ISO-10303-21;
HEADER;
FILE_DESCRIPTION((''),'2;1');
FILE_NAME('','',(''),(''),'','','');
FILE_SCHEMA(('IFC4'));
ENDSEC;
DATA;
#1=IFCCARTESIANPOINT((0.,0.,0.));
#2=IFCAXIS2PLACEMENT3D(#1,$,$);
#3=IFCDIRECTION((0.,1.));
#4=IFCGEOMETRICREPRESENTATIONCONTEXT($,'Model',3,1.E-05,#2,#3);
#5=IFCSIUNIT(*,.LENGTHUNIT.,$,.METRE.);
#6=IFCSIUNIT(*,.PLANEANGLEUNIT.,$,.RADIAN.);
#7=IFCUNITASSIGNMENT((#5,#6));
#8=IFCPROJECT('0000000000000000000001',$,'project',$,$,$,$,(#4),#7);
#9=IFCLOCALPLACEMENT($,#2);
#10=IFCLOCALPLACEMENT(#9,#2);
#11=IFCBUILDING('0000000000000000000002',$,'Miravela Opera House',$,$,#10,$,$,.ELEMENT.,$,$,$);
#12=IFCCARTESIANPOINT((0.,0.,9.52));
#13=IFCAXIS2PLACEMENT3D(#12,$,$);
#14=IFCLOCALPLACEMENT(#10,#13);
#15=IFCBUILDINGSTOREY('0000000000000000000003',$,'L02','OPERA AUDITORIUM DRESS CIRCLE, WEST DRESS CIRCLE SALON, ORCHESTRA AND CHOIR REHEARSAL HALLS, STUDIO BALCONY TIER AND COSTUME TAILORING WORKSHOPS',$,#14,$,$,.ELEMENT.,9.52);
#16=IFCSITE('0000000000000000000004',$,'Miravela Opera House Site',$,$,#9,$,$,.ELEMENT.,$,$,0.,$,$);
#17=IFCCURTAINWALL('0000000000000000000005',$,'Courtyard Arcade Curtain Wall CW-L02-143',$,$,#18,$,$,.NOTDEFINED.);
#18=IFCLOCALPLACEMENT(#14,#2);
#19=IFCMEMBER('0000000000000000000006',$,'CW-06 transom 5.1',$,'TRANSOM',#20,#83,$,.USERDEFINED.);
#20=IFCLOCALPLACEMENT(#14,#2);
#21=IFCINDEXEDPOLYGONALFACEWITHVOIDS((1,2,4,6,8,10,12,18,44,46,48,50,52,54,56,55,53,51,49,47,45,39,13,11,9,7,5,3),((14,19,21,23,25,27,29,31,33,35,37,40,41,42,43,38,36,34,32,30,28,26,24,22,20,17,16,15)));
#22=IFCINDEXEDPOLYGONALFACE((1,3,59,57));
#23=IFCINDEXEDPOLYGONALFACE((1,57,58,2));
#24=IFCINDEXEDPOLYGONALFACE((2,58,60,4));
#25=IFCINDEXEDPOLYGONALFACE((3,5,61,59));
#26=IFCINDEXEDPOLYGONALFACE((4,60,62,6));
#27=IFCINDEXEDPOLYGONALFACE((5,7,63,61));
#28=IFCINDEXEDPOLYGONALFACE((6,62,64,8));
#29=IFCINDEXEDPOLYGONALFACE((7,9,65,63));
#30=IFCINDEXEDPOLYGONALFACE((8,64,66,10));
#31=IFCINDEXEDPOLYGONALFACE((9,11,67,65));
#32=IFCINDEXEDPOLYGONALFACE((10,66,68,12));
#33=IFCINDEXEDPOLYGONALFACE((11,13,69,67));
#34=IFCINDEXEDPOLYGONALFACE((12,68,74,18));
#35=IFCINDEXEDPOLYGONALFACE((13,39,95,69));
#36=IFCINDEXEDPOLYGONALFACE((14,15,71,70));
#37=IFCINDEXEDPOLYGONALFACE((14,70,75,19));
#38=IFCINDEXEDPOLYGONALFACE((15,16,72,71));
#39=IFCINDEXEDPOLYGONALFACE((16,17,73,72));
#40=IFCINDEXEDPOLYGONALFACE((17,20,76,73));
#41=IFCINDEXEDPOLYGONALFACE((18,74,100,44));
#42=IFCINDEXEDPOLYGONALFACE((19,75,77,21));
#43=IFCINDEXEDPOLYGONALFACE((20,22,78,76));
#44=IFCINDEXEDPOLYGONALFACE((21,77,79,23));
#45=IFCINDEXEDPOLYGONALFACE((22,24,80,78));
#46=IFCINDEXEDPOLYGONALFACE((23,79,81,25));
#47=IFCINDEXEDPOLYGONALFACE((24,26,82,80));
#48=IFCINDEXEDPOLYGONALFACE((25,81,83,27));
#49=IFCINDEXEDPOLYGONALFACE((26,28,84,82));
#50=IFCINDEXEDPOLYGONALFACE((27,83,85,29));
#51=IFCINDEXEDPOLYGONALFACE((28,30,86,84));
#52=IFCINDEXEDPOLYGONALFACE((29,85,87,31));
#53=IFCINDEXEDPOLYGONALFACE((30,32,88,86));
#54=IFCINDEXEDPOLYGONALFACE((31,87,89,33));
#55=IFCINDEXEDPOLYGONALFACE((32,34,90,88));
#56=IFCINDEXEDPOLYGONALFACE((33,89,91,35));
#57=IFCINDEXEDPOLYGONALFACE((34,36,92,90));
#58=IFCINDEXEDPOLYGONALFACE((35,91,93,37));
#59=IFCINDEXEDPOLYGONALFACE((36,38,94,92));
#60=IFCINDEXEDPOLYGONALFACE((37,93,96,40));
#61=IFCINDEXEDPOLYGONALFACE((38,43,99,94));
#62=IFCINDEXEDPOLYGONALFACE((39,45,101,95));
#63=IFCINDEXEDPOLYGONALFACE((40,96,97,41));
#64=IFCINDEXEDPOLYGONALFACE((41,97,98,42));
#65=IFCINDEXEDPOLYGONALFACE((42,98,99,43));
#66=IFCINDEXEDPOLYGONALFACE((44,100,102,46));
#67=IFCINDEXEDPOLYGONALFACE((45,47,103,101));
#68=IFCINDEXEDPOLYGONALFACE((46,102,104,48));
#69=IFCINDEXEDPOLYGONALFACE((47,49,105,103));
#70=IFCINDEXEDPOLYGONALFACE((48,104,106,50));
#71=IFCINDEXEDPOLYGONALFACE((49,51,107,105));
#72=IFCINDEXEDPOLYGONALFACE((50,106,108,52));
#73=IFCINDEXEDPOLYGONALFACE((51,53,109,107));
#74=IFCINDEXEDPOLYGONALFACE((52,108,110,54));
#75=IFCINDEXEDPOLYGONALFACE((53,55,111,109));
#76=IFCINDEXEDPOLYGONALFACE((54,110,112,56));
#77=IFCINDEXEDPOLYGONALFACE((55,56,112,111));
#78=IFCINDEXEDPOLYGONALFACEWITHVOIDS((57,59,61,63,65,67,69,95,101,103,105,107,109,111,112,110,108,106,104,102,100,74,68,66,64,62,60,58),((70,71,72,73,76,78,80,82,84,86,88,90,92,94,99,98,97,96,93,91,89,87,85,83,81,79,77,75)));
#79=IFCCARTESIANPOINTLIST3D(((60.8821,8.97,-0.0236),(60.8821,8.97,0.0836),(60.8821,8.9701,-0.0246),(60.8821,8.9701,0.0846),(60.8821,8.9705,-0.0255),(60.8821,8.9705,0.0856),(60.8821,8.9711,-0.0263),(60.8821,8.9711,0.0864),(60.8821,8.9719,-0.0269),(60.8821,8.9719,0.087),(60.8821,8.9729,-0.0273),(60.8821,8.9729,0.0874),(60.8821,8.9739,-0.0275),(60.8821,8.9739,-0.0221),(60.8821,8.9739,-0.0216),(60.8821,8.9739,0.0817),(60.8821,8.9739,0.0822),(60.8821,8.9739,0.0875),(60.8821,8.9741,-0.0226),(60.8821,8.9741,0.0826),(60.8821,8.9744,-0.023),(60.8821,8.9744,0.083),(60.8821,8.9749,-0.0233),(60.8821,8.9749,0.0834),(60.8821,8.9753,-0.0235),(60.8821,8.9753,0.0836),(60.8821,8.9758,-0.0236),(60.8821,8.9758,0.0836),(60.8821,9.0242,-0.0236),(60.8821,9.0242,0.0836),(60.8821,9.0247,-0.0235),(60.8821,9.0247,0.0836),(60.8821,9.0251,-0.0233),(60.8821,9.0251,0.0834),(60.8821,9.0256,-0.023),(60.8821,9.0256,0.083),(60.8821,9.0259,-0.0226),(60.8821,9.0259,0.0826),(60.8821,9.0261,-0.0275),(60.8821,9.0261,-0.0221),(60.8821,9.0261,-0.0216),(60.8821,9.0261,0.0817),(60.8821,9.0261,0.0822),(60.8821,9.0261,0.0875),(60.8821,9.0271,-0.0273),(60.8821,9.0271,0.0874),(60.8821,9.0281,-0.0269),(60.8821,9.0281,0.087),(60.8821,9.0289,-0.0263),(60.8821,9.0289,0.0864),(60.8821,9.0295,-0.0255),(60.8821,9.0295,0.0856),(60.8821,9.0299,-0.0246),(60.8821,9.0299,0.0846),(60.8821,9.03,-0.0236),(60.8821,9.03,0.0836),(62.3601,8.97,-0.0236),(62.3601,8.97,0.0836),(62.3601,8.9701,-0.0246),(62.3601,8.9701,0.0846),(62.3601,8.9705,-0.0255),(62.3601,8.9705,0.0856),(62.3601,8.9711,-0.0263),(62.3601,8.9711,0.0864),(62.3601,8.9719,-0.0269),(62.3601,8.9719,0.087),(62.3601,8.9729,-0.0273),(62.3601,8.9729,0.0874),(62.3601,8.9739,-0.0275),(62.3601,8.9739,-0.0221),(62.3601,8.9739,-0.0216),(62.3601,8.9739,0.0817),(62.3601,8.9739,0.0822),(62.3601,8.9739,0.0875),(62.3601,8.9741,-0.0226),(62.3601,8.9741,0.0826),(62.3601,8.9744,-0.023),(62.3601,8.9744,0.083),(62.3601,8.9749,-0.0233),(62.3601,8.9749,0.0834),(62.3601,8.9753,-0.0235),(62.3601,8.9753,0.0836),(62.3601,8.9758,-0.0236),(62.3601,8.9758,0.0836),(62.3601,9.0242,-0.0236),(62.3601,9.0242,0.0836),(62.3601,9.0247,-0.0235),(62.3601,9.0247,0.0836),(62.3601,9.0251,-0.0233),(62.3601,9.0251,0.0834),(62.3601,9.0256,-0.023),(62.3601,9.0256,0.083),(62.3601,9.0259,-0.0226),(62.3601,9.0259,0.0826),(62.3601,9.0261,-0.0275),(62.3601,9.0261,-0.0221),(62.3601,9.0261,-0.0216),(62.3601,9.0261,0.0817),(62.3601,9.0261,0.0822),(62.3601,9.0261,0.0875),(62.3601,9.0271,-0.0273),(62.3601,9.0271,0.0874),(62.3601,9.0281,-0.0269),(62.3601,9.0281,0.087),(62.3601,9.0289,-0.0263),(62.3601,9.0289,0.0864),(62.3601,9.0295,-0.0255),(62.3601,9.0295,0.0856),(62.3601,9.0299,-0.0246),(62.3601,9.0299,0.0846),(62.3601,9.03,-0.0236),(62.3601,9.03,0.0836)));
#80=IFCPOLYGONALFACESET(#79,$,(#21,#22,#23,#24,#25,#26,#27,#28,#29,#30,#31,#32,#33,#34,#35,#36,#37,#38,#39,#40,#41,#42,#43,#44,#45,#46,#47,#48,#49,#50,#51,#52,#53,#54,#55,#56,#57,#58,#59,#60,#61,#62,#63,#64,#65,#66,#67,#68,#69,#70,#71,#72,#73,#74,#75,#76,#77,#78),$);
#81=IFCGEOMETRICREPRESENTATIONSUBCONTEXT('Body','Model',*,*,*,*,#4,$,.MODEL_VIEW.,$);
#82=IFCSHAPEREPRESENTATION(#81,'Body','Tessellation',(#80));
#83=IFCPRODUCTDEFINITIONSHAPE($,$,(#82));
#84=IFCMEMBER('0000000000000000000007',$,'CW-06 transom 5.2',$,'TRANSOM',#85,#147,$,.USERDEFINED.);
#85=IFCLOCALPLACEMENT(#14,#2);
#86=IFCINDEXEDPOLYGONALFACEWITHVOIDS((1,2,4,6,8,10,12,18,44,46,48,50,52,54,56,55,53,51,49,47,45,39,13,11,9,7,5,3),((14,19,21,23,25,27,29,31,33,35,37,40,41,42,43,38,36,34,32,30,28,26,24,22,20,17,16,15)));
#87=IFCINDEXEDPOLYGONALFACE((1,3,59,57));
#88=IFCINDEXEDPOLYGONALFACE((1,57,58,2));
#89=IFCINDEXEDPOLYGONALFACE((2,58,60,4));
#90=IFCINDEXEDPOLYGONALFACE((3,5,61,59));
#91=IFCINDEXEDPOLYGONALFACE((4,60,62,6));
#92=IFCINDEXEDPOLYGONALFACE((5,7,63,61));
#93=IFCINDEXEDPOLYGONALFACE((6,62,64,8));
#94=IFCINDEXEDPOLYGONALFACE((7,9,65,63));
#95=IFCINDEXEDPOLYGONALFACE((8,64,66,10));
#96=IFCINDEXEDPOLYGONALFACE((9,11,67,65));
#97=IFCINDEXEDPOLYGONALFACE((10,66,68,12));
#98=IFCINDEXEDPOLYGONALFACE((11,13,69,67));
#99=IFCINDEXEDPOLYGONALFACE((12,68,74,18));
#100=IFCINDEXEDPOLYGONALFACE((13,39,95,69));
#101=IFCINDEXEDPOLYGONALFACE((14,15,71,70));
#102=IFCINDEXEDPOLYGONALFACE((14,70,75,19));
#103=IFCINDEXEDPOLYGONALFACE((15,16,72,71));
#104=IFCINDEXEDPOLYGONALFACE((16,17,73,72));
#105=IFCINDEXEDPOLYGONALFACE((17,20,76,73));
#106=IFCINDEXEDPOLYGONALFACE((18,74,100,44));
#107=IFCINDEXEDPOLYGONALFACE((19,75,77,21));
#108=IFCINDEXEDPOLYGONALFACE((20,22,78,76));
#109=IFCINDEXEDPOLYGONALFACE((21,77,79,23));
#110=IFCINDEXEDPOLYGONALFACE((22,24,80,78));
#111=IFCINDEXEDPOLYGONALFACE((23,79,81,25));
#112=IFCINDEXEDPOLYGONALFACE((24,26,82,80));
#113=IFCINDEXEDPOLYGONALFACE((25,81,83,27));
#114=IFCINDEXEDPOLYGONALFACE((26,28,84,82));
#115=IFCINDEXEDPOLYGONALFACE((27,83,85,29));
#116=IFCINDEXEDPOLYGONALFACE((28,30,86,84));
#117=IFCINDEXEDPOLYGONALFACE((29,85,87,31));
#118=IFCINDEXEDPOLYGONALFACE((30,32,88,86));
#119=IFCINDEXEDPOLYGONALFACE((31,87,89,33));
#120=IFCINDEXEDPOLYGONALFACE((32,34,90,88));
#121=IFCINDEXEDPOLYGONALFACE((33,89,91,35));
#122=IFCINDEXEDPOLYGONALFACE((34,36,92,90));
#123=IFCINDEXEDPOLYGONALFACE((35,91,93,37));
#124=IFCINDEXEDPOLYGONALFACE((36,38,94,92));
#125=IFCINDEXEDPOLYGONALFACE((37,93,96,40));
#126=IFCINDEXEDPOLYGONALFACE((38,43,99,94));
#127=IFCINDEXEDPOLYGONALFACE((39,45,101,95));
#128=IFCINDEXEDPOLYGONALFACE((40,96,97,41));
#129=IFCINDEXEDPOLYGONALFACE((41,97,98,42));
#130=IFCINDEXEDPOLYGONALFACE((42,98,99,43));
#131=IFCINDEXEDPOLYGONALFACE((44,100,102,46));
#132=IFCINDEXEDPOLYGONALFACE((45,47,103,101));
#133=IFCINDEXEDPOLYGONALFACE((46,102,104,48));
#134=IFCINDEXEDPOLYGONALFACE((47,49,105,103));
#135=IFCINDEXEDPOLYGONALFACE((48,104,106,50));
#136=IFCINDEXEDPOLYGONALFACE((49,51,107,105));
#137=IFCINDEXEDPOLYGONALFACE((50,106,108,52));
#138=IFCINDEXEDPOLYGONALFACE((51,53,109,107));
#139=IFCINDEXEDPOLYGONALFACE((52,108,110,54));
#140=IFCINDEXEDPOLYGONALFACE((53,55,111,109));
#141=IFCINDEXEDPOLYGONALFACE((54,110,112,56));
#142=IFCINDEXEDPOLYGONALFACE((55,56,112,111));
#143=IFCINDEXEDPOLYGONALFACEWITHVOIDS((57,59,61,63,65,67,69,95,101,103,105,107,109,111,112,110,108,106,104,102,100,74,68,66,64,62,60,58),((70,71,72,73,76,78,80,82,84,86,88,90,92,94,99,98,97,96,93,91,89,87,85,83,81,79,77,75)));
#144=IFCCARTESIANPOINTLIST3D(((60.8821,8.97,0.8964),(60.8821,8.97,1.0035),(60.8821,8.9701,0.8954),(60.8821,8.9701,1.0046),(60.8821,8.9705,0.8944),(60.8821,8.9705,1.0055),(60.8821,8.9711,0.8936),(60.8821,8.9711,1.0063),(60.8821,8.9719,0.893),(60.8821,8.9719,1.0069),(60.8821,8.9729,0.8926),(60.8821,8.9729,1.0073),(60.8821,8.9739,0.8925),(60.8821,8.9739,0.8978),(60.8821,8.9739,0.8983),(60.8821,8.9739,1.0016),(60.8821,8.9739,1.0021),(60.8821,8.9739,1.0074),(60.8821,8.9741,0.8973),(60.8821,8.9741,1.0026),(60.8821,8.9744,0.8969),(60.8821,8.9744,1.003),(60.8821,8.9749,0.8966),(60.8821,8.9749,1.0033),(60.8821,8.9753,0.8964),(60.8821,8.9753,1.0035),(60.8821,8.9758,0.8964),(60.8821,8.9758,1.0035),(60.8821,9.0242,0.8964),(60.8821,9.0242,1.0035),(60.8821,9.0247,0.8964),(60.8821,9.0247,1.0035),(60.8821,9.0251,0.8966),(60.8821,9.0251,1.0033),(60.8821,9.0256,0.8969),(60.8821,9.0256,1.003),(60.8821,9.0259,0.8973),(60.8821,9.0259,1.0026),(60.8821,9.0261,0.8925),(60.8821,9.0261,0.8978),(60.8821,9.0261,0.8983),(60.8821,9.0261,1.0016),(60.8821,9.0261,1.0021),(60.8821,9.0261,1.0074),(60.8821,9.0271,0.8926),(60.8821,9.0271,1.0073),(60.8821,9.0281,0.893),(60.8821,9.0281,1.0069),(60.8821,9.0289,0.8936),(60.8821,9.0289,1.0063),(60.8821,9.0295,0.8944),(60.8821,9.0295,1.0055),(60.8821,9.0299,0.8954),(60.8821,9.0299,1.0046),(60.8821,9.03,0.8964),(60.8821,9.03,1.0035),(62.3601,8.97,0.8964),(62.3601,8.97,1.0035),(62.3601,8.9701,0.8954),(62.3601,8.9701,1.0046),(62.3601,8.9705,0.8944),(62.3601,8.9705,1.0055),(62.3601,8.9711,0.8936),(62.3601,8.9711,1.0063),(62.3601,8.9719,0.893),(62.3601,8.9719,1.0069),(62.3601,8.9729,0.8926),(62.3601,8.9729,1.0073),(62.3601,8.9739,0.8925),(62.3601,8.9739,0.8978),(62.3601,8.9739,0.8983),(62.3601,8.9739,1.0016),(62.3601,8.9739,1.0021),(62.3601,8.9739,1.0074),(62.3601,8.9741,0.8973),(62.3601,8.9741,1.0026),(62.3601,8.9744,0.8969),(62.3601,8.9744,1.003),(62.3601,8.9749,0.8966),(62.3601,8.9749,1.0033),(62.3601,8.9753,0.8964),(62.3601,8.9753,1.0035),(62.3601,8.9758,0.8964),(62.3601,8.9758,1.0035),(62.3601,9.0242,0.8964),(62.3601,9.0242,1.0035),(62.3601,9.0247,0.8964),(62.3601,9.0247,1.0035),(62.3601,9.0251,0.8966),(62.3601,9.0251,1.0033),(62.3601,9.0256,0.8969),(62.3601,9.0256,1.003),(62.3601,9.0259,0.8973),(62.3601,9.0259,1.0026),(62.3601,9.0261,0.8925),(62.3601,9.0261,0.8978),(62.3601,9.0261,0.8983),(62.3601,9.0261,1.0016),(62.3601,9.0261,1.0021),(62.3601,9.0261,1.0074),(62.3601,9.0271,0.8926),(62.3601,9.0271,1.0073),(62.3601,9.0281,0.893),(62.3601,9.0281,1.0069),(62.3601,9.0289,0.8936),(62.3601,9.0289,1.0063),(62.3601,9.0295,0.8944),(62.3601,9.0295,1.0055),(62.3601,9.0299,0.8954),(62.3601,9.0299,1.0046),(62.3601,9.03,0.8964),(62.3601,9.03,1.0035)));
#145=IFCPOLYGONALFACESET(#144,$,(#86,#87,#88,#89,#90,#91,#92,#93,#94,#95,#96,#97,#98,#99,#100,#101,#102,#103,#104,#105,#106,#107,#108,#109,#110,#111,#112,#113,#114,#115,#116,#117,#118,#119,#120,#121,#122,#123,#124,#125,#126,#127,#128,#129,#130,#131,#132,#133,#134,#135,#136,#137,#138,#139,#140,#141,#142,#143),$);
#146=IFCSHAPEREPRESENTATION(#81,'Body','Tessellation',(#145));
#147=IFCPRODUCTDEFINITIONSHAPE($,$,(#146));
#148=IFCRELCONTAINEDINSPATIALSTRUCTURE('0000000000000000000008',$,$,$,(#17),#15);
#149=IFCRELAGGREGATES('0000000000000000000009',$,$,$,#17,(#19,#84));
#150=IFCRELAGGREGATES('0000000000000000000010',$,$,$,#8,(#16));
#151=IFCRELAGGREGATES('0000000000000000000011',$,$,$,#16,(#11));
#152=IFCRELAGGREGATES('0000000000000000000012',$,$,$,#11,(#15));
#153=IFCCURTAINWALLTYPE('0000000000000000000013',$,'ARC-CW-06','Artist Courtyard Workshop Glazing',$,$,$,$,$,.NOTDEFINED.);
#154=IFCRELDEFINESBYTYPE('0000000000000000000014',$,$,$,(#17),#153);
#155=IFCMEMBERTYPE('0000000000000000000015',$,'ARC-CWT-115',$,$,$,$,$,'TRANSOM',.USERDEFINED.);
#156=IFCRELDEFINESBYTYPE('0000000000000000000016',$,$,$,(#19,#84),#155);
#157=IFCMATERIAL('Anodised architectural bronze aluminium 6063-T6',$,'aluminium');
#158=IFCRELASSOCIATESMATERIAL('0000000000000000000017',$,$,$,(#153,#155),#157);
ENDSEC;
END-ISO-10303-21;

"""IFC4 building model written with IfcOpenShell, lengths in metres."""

from ifc_helpers import new_model, si_unit, direction, frame, origin, origin_2d, place, context, subcontext, project, spatial, hollow_rectangle, extrude, material, material_profile, profile_set, type_object, element, aggregate, save


model = new_model("IFC4")

# Units and contexts
model_context = context("Model", 3, precision=1e-05, world=origin(), true_north=direction((0.0, 1.0)))
body_context = subcontext(model_context, "Body", "Model", "MODEL_VIEW")
ifc_project = project(units=[si_unit("LENGTHUNIT", "METRE"), si_unit("PLANEANGLEUNIT", "RADIAN")], contexts=[model_context])

# Site, building, storey
site_placement = place(None, origin())
site = spatial("IfcSite", under=ifc_project, at=site_placement, Name="Miravela Opera House Site", CompositionType="ELEMENT", RefElevation=0.0)
building_placement = place(site_placement, origin())
building = spatial("IfcBuilding", under=site, at=building_placement, Name="Miravela Opera House", CompositionType="ELEMENT")
storey_placement = place(building_placement, frame((0.0, 0.0, 9.52)))
storey = spatial("IfcBuildingStorey", under=building, at=storey_placement, Name="L02", Description="OPERA AUDITORIUM DRESS CIRCLE, WEST DRESS CIRCLE SALON, ORCHESTRA AND CHOIR REHEARSAL HALLS, STUDIO BALCONY TIER AND COSTUME TAILORING WORKSHOPS", CompositionType="ELEMENT", Elevation=9.52)

# Curtain wall
ifc_material_1 = material(Name="Anodised architectural bronze aluminium 6063-T6", Category="aluminium")
curtain_wall_type = type_object("IfcCurtainWallType", Name="ARC-CW-06", Description="Artist Courtyard Workshop Glazing", PredefinedType="NOTDEFINED", material=ifc_material_1)
curtain_wall_1_placement = place(storey_placement, origin())
curtain_wall_1 = element("IfcCurtainWall", 1, at=curtain_wall_1_placement, inside=storey, type_object=curtain_wall_type, Name="Courtyard Arcade Curtain Wall CW-L02-143", PredefinedType="NOTDEFINED")

# Members
ifc_material_profile_1 = material_profile(ifc_material_1, hollow_rectangle(XDim=0.0601, YDim=0.115, WallThickness=0.0039, InnerFilletRadius=0.002, OuterFilletRadius=0.0039, at=origin_2d()), Name="CWT-60X115")
ifc_profile_set_1 = profile_set([ifc_material_profile_1])
member_type_1 = type_object("IfcMemberType", Name="ARC-CWT-115", ElementType="TRANSOM", PredefinedType="USERDEFINED", material=ifc_profile_set_1)
member_1_placement = place(storey_placement, frame((60.8821, 9.0, 0.03), z_axis=(1.0, 0.0, 0.0), x_axis=(0.0, 1.0, 0.0)))
member_1 = element("IfcMember", 2, at=member_1_placement, type_object=member_type_1, Name="CW-06 transom 5.1", ObjectType="TRANSOM", PredefinedType="USERDEFINED", context=body_context, shape_type="SweptSolid", body=[
    extrude(hollow_rectangle(XDim=0.0601, YDim=0.115, WallThickness=0.0039, InnerFilletRadius=0.002, OuterFilletRadius=0.0039, at=origin_2d()), origin(), (0.0, 0.0, 1.0), 1.478),
])
member_2_placement = place(storey_placement, frame((60.8821, 9.0, 0.95), z_axis=(1.0, 0.0, 0.0), x_axis=(0.0, 1.0, 0.0)))
member_2 = element("IfcMember", 3, at=member_2_placement, type_object=member_type_1, Name="CW-06 transom 5.2", ObjectType="TRANSOM", PredefinedType="USERDEFINED", context=body_context, shape_type="SweptSolid", body=[
    extrude(hollow_rectangle(XDim=0.0601, YDim=0.115, WallThickness=0.0039, InnerFilletRadius=0.002, OuterFilletRadius=0.0039, at=origin_2d()), origin(), (0.0, 0.0, 1.0), 1.478),
])

aggregate(curtain_wall_1, [member_1, member_2])

save(model, "model.ifc")
